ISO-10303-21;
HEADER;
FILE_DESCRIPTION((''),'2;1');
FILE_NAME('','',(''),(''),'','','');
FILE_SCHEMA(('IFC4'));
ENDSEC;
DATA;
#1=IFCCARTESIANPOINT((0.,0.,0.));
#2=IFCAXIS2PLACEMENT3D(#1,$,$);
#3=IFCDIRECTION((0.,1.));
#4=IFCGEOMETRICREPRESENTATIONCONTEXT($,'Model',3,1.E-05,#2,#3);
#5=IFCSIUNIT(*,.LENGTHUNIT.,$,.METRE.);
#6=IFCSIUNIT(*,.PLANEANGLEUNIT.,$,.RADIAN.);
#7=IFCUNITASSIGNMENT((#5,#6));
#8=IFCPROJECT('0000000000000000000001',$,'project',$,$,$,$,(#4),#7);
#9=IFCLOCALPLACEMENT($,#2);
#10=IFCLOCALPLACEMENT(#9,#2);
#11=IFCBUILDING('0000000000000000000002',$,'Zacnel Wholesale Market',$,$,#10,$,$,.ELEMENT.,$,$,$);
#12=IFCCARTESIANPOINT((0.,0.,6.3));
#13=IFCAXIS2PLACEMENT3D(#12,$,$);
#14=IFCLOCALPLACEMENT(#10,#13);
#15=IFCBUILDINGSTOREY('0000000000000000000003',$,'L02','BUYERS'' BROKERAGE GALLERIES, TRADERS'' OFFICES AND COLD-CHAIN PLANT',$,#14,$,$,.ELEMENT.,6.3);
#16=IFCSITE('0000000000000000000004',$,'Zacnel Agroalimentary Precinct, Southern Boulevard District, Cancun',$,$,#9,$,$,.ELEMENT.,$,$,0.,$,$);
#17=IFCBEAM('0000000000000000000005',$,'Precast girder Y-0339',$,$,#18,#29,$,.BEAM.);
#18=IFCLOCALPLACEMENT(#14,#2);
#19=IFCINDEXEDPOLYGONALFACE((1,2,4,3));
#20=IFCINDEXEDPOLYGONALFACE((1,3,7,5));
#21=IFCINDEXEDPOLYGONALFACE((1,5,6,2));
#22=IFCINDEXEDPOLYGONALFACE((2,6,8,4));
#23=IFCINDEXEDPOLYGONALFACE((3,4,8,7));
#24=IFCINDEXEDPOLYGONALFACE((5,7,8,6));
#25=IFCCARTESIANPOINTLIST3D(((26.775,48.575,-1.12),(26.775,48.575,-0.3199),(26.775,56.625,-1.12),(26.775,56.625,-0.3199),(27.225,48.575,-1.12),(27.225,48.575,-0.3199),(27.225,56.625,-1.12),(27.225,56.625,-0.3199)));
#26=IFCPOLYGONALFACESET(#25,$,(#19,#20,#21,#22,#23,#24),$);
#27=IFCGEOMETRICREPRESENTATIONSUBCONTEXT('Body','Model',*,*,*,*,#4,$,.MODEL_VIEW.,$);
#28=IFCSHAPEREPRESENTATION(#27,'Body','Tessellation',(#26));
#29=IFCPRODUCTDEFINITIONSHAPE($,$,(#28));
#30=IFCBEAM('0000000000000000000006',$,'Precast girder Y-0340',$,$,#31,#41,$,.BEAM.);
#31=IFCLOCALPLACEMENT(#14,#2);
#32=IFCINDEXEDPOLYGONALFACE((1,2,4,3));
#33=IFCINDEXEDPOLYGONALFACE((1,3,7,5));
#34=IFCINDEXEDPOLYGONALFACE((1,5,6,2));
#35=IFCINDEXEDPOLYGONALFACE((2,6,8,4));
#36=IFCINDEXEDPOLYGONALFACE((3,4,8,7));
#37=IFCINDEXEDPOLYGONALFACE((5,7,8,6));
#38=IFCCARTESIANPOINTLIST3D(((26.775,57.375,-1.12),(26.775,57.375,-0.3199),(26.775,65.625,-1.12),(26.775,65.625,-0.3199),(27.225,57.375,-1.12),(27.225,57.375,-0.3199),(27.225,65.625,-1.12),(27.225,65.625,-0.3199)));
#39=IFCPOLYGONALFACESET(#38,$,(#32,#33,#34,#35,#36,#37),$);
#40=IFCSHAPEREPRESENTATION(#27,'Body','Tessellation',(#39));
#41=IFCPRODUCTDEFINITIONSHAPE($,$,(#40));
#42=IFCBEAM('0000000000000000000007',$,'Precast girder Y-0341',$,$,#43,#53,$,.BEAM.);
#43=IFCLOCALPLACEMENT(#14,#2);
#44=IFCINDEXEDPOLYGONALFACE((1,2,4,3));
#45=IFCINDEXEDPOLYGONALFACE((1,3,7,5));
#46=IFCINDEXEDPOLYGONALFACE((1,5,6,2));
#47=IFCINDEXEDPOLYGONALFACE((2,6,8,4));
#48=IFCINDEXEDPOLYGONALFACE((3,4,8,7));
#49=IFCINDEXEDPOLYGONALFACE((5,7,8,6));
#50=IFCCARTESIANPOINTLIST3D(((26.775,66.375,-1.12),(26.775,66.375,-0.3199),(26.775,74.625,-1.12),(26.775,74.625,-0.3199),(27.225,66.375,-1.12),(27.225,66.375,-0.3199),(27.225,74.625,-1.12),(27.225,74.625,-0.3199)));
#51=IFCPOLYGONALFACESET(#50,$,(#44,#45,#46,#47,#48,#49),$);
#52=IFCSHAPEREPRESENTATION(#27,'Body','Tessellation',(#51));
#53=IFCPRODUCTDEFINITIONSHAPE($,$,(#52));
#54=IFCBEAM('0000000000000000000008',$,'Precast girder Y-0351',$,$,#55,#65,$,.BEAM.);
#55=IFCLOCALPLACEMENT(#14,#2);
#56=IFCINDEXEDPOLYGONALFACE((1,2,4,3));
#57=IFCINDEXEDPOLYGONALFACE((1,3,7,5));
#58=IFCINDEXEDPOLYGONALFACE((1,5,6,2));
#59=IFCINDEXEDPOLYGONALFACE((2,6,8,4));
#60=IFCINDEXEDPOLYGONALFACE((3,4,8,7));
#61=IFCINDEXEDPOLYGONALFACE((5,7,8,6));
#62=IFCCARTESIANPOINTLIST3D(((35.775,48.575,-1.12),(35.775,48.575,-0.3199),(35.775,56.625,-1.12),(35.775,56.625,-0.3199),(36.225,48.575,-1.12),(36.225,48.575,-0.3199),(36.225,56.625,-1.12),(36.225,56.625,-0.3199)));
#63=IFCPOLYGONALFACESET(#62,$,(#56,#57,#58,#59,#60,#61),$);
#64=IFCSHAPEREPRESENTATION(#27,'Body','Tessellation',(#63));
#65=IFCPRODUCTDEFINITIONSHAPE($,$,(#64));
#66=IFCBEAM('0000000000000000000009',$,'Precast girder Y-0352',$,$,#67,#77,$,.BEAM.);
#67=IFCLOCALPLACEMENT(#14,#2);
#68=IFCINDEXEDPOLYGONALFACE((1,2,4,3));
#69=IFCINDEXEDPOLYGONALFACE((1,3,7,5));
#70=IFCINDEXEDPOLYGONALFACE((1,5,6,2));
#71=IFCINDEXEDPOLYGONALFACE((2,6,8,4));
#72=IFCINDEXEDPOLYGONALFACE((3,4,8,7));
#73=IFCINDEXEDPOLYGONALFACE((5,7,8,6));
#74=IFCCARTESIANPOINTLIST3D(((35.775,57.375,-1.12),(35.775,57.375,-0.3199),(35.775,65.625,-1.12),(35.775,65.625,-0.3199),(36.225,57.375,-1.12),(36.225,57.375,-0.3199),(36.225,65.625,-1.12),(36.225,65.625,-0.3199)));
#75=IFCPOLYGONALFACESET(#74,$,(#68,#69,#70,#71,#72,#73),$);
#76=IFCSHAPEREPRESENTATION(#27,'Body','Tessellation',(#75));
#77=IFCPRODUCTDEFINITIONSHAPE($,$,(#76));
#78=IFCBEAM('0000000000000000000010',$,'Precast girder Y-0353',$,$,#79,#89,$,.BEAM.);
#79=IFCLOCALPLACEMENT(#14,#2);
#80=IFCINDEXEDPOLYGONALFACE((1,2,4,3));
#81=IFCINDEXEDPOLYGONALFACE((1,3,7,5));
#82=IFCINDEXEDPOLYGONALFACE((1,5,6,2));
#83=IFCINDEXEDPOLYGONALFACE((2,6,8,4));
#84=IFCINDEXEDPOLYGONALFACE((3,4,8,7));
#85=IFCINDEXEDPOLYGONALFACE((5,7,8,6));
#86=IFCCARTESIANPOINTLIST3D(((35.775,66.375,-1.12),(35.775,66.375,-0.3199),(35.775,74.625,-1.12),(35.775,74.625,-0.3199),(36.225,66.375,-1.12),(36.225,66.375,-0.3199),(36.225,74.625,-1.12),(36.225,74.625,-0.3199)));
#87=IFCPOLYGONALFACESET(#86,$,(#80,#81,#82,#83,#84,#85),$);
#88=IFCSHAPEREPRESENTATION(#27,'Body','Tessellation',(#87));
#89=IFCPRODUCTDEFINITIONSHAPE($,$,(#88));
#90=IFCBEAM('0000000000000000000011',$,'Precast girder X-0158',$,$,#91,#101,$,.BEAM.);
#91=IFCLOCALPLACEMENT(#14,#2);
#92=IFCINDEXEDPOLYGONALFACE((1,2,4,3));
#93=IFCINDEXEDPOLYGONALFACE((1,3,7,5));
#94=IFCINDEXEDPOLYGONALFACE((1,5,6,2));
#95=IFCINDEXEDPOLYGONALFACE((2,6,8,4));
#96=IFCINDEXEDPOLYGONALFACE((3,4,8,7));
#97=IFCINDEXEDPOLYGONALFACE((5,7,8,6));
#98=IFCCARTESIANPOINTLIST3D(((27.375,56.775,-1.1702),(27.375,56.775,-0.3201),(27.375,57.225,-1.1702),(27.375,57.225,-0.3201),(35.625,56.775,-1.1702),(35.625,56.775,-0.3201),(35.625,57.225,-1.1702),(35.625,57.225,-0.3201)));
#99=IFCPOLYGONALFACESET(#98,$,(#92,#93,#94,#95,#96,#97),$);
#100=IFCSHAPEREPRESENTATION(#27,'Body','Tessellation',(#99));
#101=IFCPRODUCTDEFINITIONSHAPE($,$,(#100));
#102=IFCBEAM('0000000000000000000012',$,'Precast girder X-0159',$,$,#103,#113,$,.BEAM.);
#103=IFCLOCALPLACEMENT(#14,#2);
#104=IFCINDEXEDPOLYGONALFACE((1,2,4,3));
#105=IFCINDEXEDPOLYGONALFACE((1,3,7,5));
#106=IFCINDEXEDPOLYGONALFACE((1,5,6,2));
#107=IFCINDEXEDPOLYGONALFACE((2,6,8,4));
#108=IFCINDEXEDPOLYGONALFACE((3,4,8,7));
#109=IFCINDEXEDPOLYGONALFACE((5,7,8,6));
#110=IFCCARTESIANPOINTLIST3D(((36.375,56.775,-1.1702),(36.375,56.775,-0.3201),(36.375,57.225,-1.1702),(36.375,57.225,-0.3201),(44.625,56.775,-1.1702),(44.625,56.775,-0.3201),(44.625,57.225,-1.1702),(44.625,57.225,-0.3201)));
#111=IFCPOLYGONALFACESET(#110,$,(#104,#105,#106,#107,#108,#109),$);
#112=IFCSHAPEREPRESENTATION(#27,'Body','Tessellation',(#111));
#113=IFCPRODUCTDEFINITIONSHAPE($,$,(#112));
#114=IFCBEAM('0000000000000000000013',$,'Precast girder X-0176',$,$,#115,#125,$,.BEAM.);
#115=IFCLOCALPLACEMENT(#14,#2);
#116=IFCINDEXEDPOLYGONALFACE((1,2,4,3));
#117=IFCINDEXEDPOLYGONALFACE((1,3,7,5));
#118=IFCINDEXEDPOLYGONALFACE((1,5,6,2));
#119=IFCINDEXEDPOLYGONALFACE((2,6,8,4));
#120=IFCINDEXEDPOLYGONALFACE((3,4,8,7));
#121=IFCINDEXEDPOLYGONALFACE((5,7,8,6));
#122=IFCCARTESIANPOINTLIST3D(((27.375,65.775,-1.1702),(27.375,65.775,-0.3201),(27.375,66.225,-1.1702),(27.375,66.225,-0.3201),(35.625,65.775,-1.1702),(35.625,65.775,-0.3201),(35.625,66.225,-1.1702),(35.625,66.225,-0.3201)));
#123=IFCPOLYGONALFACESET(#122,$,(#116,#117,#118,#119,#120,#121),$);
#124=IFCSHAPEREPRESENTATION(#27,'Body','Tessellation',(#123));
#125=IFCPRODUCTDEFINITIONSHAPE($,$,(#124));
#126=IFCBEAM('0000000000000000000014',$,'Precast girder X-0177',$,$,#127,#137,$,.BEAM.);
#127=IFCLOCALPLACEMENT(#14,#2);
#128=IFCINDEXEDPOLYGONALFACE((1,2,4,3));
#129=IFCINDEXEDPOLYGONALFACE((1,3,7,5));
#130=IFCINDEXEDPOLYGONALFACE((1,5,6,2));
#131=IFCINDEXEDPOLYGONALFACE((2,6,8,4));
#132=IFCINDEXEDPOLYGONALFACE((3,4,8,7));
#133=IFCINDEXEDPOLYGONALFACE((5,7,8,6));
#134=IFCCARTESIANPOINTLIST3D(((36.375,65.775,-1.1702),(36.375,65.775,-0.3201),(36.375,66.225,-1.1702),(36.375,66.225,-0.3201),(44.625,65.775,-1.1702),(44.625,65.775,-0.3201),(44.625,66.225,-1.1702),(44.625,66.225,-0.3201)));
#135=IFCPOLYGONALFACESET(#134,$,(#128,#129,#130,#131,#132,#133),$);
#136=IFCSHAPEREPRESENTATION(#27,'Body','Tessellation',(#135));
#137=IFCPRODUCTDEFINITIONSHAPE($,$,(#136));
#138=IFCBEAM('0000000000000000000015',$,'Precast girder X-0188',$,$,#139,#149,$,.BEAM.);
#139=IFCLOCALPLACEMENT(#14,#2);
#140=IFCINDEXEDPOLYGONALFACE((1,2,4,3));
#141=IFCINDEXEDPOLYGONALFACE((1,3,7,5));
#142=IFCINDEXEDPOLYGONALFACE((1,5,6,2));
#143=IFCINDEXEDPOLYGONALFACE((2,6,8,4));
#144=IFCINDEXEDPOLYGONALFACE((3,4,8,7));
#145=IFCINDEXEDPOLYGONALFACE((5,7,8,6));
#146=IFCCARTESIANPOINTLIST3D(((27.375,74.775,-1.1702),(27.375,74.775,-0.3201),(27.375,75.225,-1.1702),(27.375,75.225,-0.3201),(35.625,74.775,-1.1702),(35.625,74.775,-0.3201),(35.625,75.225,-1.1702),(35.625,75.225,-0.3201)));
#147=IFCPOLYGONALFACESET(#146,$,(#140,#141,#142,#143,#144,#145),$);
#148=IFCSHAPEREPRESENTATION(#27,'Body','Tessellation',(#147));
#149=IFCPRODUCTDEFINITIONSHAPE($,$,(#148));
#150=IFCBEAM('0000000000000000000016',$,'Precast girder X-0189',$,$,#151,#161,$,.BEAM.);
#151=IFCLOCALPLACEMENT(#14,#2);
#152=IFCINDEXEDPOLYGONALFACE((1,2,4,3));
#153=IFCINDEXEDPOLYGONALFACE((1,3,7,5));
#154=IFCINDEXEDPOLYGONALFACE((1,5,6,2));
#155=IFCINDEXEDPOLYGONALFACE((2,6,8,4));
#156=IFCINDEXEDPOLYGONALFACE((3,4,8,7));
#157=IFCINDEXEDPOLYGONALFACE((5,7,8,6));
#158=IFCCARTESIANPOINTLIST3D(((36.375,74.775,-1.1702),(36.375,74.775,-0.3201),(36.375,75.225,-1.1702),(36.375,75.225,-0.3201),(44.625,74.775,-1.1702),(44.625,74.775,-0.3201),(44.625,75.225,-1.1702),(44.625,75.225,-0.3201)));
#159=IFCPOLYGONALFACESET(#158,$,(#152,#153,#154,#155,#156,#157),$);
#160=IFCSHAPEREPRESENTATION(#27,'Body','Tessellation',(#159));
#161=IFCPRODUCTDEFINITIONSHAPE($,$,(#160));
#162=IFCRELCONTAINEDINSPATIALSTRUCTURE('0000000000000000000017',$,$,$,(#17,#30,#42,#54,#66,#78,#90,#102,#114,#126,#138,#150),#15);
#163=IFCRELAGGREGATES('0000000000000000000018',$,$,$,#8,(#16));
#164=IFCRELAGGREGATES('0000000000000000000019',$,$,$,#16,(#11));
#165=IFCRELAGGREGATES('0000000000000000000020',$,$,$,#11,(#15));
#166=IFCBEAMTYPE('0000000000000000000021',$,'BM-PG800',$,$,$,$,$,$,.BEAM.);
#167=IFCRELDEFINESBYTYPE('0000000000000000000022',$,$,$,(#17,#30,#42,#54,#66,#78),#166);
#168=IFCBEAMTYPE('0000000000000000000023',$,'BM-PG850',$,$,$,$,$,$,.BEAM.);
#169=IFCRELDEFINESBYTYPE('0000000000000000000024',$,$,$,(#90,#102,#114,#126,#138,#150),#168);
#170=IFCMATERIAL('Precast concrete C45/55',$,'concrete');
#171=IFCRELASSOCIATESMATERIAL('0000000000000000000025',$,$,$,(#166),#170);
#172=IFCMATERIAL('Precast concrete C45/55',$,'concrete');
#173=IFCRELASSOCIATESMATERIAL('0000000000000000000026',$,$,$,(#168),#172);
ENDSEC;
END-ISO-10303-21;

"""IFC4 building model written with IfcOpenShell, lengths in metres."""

from ifc_helpers import new_model, si_unit, direction, frame, origin, origin_2d, place, context, subcontext, project, spatial, rectangle, extrude, material, material_profile, profile_set, type_object, element, save


model = new_model("IFC4")

# Units and contexts
model_context = context("Model", 3, precision=1e-05, world=origin(), true_north=direction((0.0, 1.0)))
body_context = subcontext(model_context, "Body", "Model", "MODEL_VIEW")
ifc_project = project(units=[si_unit("LENGTHUNIT", "METRE"), si_unit("PLANEANGLEUNIT", "RADIAN")], contexts=[model_context])

# Site, building, storey
site_placement = place(None, origin())
site = spatial("IfcSite", under=ifc_project, at=site_placement, Name="Zacnel Agroalimentary Precinct, Southern Boulevard District, Cancun", CompositionType="ELEMENT", RefElevation=0.0)
building_placement = place(site_placement, origin())
building = spatial("IfcBuilding", under=site, at=building_placement, Name="Zacnel Wholesale Market", CompositionType="ELEMENT")
storey_placement = place(building_placement, frame((0.0, 0.0, 6.3)))
storey = spatial("IfcBuildingStorey", under=building, at=storey_placement, Name="L02", Description="BUYERS' BROKERAGE GALLERIES, TRADERS' OFFICES AND COLD-CHAIN PLANT", CompositionType="ELEMENT", Elevation=6.3)

# Beams
ifc_material_1 = material(Name="Precast concrete C45/55", Category="concrete")
ifc_material_profile_1 = material_profile(ifc_material_1, rectangle(XDim=0.45, YDim=0.8, at=origin_2d()), Name="PG 450x800")
ifc_profile_set_1 = profile_set([ifc_material_profile_1], Name="Precast concrete C45/55")
beam_type_1 = type_object("IfcBeamType", Name="BM-PG800", PredefinedType="BEAM", material=ifc_profile_set_1)
beam_1_placement = place(storey_placement, frame((27.0, 48.575, -0.72), z_axis=(0.0, 1.0, 0.0), x_axis=(-1.0, 0.0, 0.0)))
element("IfcBeam", 1, at=beam_1_placement, inside=storey, type_object=beam_type_1, Name="Precast girder Y-0339", PredefinedType="BEAM", context=body_context, shape_type="SweptSolid", body=[
    extrude(rectangle(XDim=0.45, YDim=0.8, at=origin_2d()), origin(), (0.0, 0.0, 1.0), 8.05),
])
for number, where, z_axis, x_axis, name in (
    (2, (27.0, 57.375, -0.72), (0.0, 1.0, 0.0), (-1.0, 0.0, 0.0), "Precast girder Y-0340"),
    (3, (27.0, 66.375, -0.72), (0.0, 1.0, 0.0), (-1.0, 0.0, 0.0), "Precast girder Y-0341"),
):
    element("IfcBeam", number, at=place(storey_placement, frame(where, z_axis=z_axis, x_axis=x_axis)), inside=storey, type_object=beam_type_1, Name=name, PredefinedType="BEAM", context=body_context, shape_type="SweptSolid", body=[
        extrude(rectangle(XDim=0.45, YDim=0.8, at=origin_2d()), origin(), (0.0, 0.0, 1.0), 8.25),
    ])
beam_2_placement = place(storey_placement, frame((36.0, 48.575, -0.72), z_axis=(0.0, 1.0, 0.0), x_axis=(-1.0, 0.0, 0.0)))
element("IfcBeam", 4, at=beam_2_placement, inside=storey, type_object=beam_type_1, Name="Precast girder Y-0351", PredefinedType="BEAM", context=body_context, shape_type="SweptSolid", body=[
    extrude(rectangle(XDim=0.45, YDim=0.8, at=origin_2d()), origin(), (0.0, 0.0, 1.0), 8.05),
])
for number, where, z_axis, x_axis, name in (
    (5, (36.0, 57.375, -0.72), (0.0, 1.0, 0.0), (-1.0, 0.0, 0.0), "Precast girder Y-0352"),
    (6, (36.0, 66.375, -0.72), (0.0, 1.0, 0.0), (-1.0, 0.0, 0.0), "Precast girder Y-0353"),
):
    element("IfcBeam", number, at=place(storey_placement, frame(where, z_axis=z_axis, x_axis=x_axis)), inside=storey, type_object=beam_type_1, Name=name, PredefinedType="BEAM", context=body_context, shape_type="SweptSolid", body=[
        extrude(rectangle(XDim=0.45, YDim=0.8, at=origin_2d()), origin(), (0.0, 0.0, 1.0), 8.25),
    ])
ifc_material_2 = material(Name="Precast concrete C45/55", Category="concrete")
ifc_material_profile_2 = material_profile(ifc_material_2, rectangle(XDim=0.45, YDim=0.8501, at=origin_2d()), Name="PG 450x850")
ifc_profile_set_2 = profile_set([ifc_material_profile_2], Name="Precast concrete C45/55")
beam_type_2 = type_object("IfcBeamType", Name="BM-PG850", PredefinedType="BEAM", material=ifc_profile_set_2)
for number, where, z_axis, x_axis, name in (
    (7, (27.375, 57.0, -0.7451), (1.0, 0.0, 0.0), (0.0, 1.0, 0.0), "Precast girder X-0158"),
    (8, (36.375, 57.0, -0.7451), (1.0, 0.0, 0.0), (0.0, 1.0, 0.0), "Precast girder X-0159"),
    (9, (27.375, 66.0, -0.7451), (1.0, 0.0, 0.0), (0.0, 1.0, 0.0), "Precast girder X-0176"),
    (10, (36.375, 66.0, -0.7451), (1.0, 0.0, 0.0), (0.0, 1.0, 0.0), "Precast girder X-0177"),
    (11, (27.375, 75.0, -0.7451), (1.0, 0.0, 0.0), (0.0, 1.0, 0.0), "Precast girder X-0188"),
    (12, (36.375, 75.0, -0.7451), (1.0, 0.0, 0.0), (0.0, 1.0, 0.0), "Precast girder X-0189"),
):
    element("IfcBeam", number, at=place(storey_placement, frame(where, z_axis=z_axis, x_axis=x_axis)), inside=storey, type_object=beam_type_2, Name=name, PredefinedType="BEAM", context=body_context, shape_type="SweptSolid", body=[
        extrude(rectangle(XDim=0.45, YDim=0.8501, at=origin_2d()), origin(), (0.0, 0.0, 1.0), 8.25),
    ])

save(model, "model.ifc")
